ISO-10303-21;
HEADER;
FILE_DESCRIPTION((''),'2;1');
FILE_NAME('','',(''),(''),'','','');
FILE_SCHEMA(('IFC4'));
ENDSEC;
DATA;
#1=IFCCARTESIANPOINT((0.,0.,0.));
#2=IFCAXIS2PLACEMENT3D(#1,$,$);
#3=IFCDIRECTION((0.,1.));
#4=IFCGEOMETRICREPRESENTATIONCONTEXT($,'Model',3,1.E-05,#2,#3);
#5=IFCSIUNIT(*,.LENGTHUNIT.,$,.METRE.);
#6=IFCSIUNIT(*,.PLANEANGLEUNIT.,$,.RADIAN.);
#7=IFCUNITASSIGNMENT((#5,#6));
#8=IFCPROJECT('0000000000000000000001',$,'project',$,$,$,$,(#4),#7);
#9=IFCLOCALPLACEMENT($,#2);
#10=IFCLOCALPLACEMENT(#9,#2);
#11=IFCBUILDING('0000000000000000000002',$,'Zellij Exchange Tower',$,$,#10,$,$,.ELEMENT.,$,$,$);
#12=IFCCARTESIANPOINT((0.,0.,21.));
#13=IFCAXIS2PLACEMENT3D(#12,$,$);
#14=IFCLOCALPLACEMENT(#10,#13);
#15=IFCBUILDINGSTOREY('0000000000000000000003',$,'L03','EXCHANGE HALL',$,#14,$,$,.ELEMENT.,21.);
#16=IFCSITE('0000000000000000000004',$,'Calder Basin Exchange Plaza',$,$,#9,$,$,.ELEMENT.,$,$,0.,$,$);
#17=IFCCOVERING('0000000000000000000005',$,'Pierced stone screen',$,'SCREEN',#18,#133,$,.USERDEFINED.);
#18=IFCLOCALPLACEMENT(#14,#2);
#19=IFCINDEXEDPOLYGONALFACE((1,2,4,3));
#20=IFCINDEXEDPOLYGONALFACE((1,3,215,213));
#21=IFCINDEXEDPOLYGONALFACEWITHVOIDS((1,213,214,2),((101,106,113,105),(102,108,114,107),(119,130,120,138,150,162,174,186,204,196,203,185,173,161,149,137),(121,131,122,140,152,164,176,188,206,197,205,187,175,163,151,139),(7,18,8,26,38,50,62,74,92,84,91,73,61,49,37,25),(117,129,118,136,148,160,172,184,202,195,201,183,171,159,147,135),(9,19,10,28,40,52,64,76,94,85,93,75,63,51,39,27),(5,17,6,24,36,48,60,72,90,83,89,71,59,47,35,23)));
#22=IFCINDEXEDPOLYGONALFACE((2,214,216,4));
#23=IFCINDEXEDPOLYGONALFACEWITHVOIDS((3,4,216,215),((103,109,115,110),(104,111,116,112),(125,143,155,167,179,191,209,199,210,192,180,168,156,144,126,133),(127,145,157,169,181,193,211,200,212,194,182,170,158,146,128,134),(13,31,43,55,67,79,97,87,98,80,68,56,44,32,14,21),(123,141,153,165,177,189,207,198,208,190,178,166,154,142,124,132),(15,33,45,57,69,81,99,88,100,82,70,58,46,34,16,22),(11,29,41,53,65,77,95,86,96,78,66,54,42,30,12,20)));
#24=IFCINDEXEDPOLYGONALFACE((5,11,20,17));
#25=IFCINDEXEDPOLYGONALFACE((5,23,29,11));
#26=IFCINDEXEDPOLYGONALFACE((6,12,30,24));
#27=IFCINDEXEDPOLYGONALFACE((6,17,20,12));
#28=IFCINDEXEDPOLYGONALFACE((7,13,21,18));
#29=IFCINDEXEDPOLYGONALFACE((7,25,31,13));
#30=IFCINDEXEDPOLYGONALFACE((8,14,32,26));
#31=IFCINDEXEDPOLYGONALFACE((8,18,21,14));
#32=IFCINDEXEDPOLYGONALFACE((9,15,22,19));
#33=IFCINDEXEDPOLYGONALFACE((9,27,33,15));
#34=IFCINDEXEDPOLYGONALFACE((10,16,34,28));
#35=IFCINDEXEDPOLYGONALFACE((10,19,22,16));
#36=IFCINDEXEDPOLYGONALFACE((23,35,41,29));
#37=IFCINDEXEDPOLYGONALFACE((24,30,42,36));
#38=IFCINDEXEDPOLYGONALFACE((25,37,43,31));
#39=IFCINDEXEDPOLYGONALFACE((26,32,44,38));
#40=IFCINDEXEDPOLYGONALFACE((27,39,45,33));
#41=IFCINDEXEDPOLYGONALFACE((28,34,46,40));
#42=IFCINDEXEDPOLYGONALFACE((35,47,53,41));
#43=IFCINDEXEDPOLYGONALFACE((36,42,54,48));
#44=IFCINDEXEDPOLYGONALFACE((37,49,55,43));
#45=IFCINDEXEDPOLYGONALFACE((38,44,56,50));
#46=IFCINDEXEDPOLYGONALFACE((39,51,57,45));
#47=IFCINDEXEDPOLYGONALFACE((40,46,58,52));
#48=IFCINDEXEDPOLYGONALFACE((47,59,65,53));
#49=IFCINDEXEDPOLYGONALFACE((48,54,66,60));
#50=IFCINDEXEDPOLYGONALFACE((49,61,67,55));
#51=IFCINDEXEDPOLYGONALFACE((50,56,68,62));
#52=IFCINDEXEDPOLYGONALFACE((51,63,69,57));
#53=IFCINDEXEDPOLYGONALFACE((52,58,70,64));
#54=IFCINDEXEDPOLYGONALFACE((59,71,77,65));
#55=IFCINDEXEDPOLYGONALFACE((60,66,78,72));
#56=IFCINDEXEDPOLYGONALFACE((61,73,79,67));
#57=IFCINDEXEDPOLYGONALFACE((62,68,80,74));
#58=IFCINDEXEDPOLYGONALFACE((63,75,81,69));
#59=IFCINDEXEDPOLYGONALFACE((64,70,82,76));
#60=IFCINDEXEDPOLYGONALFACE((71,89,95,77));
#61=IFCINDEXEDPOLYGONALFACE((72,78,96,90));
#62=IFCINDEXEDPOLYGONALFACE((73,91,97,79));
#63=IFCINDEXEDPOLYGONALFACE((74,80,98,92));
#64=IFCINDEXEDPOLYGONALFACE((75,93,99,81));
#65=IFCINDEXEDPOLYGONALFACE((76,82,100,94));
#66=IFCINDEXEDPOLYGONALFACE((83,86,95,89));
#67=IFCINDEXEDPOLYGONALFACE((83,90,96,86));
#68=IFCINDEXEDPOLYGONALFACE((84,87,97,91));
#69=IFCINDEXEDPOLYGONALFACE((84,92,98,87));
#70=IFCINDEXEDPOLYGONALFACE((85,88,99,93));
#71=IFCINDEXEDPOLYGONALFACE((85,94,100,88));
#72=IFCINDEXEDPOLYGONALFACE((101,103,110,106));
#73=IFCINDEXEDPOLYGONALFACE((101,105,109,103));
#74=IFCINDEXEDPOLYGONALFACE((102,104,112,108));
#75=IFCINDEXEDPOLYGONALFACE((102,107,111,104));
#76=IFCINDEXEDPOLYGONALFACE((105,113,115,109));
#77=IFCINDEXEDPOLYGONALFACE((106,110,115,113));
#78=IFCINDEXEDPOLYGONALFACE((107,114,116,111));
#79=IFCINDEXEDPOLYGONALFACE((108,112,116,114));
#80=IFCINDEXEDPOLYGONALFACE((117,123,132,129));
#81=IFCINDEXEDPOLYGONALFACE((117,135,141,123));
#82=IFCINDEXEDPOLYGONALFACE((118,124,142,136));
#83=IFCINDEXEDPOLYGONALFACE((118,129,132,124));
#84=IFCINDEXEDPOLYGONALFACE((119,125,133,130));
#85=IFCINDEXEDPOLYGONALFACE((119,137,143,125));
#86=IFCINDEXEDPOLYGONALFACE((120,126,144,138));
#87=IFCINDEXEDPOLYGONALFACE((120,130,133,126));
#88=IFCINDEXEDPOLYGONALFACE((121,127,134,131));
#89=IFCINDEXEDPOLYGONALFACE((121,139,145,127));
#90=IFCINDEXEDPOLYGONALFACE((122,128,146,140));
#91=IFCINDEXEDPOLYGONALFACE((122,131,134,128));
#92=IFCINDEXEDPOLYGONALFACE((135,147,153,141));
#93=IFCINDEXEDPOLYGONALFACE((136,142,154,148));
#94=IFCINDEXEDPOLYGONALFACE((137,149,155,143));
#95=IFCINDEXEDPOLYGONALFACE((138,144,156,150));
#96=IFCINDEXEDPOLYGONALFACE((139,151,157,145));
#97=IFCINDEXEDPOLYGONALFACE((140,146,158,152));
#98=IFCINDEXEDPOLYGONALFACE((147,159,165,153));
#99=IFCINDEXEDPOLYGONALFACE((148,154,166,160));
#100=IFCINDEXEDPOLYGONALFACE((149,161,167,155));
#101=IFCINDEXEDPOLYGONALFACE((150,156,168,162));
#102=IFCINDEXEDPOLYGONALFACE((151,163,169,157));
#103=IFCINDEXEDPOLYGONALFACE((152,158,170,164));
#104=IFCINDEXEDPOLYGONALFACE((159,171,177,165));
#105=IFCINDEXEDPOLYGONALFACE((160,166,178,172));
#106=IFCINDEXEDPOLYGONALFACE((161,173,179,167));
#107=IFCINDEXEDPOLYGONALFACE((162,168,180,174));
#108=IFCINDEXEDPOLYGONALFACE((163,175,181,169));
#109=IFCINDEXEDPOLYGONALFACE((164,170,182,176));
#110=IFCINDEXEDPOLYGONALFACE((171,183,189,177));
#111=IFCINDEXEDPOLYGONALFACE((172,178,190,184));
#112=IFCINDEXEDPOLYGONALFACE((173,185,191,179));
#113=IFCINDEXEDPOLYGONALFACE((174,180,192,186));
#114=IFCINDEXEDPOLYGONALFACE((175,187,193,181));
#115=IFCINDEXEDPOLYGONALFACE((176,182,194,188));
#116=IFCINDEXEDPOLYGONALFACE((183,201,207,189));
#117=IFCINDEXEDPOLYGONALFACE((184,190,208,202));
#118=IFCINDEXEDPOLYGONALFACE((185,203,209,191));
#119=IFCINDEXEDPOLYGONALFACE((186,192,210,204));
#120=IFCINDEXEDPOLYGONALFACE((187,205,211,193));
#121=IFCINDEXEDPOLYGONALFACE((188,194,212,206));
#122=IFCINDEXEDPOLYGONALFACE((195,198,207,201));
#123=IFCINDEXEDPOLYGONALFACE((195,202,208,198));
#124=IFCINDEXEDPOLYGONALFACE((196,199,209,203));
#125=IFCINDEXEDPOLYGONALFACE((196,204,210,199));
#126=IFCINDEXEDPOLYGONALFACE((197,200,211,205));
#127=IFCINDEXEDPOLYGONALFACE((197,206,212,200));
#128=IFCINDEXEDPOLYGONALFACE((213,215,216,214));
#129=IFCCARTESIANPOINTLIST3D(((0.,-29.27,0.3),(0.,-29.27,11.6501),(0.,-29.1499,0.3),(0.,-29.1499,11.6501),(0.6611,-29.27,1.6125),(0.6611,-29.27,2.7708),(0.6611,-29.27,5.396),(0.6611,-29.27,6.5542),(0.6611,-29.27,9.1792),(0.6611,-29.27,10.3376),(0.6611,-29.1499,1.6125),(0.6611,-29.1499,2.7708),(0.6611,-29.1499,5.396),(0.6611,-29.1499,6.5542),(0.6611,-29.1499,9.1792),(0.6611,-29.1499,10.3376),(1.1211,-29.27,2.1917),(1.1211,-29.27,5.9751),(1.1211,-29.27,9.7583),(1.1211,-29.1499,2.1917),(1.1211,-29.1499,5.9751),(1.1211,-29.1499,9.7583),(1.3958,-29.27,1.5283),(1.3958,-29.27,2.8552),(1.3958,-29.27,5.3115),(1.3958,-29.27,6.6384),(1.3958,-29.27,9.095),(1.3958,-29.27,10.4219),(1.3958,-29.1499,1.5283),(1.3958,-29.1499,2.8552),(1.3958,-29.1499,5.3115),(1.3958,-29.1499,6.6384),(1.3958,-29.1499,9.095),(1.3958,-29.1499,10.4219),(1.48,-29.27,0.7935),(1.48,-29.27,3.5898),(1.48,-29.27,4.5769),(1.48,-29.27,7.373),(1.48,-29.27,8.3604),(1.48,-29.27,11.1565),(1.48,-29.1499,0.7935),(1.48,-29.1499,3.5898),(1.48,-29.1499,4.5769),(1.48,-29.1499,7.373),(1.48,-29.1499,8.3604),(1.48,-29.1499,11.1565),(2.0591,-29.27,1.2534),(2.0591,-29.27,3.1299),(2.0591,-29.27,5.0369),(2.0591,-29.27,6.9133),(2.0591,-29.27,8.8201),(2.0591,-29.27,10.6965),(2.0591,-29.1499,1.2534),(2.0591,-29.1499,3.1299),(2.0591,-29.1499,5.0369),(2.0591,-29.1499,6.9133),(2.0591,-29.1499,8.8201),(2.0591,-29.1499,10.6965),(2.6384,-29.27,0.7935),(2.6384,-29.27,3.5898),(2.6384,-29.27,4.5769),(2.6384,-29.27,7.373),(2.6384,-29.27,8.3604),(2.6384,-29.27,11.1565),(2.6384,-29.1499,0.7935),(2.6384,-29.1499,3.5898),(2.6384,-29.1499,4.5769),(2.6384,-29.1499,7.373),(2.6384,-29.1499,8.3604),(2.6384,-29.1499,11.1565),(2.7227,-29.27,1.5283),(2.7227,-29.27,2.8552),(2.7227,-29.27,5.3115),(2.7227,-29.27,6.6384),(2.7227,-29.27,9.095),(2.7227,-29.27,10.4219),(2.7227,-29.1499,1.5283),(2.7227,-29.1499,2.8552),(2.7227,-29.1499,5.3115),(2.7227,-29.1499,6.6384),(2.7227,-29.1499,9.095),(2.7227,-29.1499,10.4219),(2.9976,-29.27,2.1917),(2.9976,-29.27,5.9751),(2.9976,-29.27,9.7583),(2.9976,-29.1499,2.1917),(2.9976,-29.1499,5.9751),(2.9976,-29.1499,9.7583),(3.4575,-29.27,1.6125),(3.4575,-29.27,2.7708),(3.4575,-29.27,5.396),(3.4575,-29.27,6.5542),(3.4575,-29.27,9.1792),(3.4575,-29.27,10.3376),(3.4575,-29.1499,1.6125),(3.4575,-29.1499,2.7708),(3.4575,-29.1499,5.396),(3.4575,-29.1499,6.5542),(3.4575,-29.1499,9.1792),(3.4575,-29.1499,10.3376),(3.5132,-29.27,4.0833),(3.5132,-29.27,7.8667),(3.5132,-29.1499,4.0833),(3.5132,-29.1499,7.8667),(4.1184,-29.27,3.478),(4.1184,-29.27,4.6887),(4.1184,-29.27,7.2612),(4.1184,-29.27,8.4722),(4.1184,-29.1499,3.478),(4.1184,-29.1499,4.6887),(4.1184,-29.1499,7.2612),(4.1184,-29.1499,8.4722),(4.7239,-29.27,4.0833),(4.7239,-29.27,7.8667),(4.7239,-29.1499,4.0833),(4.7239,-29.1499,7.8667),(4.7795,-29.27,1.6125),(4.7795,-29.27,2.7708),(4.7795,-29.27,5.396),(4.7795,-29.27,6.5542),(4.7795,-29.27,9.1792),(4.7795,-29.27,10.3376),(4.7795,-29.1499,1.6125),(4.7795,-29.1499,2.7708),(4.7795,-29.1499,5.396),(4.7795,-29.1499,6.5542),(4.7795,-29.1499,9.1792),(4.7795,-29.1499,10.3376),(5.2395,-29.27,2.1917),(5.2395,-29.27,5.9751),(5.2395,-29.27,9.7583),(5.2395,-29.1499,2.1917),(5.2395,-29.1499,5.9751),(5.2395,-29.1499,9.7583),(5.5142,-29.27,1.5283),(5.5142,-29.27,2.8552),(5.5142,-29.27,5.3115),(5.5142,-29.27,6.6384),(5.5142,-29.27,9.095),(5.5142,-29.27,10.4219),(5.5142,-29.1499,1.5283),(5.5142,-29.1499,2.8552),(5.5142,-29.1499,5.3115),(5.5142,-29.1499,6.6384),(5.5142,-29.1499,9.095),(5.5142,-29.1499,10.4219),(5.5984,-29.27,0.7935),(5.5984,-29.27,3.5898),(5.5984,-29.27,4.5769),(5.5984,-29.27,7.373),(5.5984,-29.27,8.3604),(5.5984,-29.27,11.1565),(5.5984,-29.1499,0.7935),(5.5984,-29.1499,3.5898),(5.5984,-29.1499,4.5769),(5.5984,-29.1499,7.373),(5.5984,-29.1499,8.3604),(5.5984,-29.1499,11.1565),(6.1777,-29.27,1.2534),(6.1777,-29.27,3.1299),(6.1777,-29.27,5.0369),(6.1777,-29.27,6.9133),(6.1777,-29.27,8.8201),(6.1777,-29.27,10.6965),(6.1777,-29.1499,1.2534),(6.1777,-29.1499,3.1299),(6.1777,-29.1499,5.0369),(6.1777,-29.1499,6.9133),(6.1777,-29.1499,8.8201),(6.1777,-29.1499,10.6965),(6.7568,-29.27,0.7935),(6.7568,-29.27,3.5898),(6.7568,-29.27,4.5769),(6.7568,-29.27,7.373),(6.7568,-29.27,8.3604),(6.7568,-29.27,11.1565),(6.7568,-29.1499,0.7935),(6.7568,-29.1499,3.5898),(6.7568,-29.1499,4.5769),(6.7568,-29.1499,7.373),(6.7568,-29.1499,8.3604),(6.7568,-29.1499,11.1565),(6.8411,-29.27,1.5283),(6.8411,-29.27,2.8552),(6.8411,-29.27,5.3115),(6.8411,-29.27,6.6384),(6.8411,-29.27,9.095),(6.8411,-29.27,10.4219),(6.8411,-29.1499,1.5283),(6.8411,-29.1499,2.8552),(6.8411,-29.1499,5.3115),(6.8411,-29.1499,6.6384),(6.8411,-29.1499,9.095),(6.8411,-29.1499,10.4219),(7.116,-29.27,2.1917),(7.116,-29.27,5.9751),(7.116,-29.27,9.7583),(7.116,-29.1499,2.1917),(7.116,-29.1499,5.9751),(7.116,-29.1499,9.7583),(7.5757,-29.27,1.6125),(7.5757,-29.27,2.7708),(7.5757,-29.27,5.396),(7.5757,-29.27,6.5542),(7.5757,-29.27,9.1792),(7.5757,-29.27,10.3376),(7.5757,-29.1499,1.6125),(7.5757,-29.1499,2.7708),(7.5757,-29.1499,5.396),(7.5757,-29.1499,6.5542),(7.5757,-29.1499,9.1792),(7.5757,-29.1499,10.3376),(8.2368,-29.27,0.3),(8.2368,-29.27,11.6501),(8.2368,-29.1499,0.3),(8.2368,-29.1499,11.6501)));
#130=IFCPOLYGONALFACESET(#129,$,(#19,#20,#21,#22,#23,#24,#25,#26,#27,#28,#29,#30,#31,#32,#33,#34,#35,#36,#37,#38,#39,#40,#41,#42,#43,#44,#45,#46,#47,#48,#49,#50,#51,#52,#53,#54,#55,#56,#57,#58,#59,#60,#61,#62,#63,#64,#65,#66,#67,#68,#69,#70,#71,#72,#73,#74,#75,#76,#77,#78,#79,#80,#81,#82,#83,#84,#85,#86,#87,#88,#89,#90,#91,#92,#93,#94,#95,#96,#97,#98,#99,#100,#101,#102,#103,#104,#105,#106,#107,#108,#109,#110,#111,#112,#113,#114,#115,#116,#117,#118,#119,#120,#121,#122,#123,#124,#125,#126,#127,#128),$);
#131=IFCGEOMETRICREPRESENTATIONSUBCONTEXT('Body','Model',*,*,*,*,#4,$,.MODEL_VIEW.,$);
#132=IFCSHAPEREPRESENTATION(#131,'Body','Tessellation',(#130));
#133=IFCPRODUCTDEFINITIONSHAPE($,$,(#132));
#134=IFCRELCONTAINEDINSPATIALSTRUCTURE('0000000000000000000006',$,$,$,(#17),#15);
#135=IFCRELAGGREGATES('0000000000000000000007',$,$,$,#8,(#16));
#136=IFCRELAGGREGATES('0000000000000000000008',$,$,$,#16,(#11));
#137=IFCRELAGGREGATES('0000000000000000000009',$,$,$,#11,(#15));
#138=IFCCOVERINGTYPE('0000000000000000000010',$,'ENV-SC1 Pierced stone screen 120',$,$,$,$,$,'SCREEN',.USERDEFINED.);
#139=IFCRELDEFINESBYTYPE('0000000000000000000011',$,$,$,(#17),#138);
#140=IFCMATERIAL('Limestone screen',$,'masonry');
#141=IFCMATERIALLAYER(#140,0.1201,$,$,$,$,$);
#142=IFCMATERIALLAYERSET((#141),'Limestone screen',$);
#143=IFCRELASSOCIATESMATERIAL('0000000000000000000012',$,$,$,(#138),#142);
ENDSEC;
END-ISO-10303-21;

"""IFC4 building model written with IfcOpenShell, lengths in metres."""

from ifc_helpers import new_model, si_unit, direction, frame, origin, place, context, subcontext, project, spatial, polyline, outline, extrude, material, layer, layer_set, type_object, element, save


model = new_model("IFC4")

# Units and contexts
model_context = context("Model", 3, precision=1e-05, world=origin(), true_north=direction((0.0, 1.0)))
body_context = subcontext(model_context, "Body", "Model", "MODEL_VIEW")
ifc_project = project(units=[si_unit("LENGTHUNIT", "METRE"), si_unit("PLANEANGLEUNIT", "RADIAN")], contexts=[model_context])

# Site, building, storey
site_placement = place(None, origin())
site = spatial("IfcSite", under=ifc_project, at=site_placement, Name="Calder Basin Exchange Plaza", CompositionType="ELEMENT", RefElevation=0.0)
building_placement = place(site_placement, origin())
building = spatial("IfcBuilding", under=site, at=building_placement, Name="Zellij Exchange Tower", CompositionType="ELEMENT")
storey_placement = place(building_placement, frame((0.0, 0.0, 21.0)))
storey = spatial("IfcBuildingStorey", under=building, at=storey_placement, Name="L03", Description="EXCHANGE HALL", CompositionType="ELEMENT", Elevation=21.0)

# Covering
ifc_material_1 = material(Name="Limestone screen", Category="masonry")
ifc_layer_1 = layer(ifc_material_1, 0.1201)
ifc_layer_set_1 = layer_set([ifc_layer_1], Name="Limestone screen")
covering_type = type_object("IfcCoveringType", Name="ENV-SC1 Pierced stone screen 120", ElementType="SCREEN", PredefinedType="USERDEFINED", material=ifc_layer_set_1)
covering_1_placement = place(storey_placement, frame((0.0, -29.21, 0.3), z_axis=(0.0, 0.0, 1.0), x_axis=(1.0, 0.0, 0.0)))
element("IfcCovering", 1, at=covering_1_placement, inside=storey, type_object=covering_type, Name="Pierced stone screen", ObjectType="SCREEN", PredefinedType="USERDEFINED", context=body_context, shape_type="SweptSolid", body=[
    extrude(outline(polyline([(0.0, 0.0), (8.2368, 0.0), (8.2368, 11.3501), (0.0, 11.3501), (0.0, 0.0)]), holes=[polyline([(3.4575, 2.4707), (2.7227, 2.5552), (2.6384, 3.2898), (2.0591, 2.8298), (1.48, 3.2898), (1.3958, 2.5552), (0.6611, 2.4707), (1.1211, 1.8916), (0.6611, 1.3125), (1.3958, 1.2283), (1.48, 0.4934), (2.0591, 0.9534), (2.6384, 0.4934), (2.7227, 1.2283), (3.4575, 1.3125), (2.9976, 1.8916), (3.4575, 2.4707)]), polyline([(3.4575, 6.2542), (2.7227, 6.3384), (2.6384, 7.073), (2.0591, 6.6133), (1.48, 7.073), (1.3958, 6.3384), (0.6611, 6.2542), (1.1211, 5.675), (0.6611, 5.0959), (1.3958, 5.0115), (1.48, 4.2769), (2.0591, 4.7368), (2.6384, 4.2769), (2.7227, 5.0115), (3.4575, 5.0959), (2.9976, 5.675), (3.4575, 6.2542)]), polyline([(3.4575, 10.0376), (2.7227, 10.1218), (2.6384, 10.8564), (2.0591, 10.3965), (1.48, 10.8564), (1.3958, 10.1218), (0.6611, 10.0376), (1.1211, 9.4583), (0.6611, 8.8792), (1.3958, 8.7949), (1.48, 8.0603), (2.0591, 8.52), (2.6384, 8.0603), (2.7227, 8.7949), (3.4575, 8.8792), (2.9976, 9.4583), (3.4575, 10.0376)]), polyline([(7.5757, 2.4707), (6.8411, 2.5552), (6.7568, 3.2898), (6.1777, 2.8298), (5.5984, 3.2898), (5.5142, 2.5552), (4.7795, 2.4707), (5.2395, 1.8916), (4.7795, 1.3125), (5.5142, 1.2283), (5.5984, 0.4934), (6.1777, 0.9534), (6.7568, 0.4934), (6.8411, 1.2283), (7.5757, 1.3125), (7.116, 1.8916), (7.5757, 2.4707)]), polyline([(7.5757, 6.2542), (6.8411, 6.3384), (6.7568, 7.073), (6.1777, 6.6133), (5.5984, 7.073), (5.5142, 6.3384), (4.7795, 6.2542), (5.2395, 5.675), (4.7795, 5.0959), (5.5142, 5.0115), (5.5984, 4.2769), (6.1777, 4.7368), (6.7568, 4.2769), (6.8411, 5.0115), (7.5757, 5.0959), (7.116, 5.675), (7.5757, 6.2542)]), polyline([(7.5757, 10.0376), (6.8411, 10.1218), (6.7568, 10.8564), (6.1777, 10.3965), (5.5984, 10.8564), (5.5142, 10.1218), (4.7795, 10.0376), (5.2395, 9.4583), (4.7795, 8.8792), (5.5142, 8.7949), (5.5984, 8.0603), (6.1777, 8.52), (6.7568, 8.0603), (6.8411, 8.7949), (7.5757, 8.8792), (7.116, 9.4583), (7.5757, 10.0376)]), polyline([(4.7239, 3.7832), (4.1184, 4.3887), (3.5132, 3.7832), (4.1184, 3.178), (4.7239, 3.7832)]), polyline([(4.7239, 7.5667), (4.1184, 8.1721), (3.5132, 7.5667), (4.1184, 6.9612), (4.7239, 7.5667)])]), frame((0.0, 0.0601, 0.0), z_axis=(0.0, -1.0, 0.0), x_axis=(1.0, 0.0, 0.0)), (0.0, 0.0, 1.0), 0.1201),
])

save(model, "model.ifc")
